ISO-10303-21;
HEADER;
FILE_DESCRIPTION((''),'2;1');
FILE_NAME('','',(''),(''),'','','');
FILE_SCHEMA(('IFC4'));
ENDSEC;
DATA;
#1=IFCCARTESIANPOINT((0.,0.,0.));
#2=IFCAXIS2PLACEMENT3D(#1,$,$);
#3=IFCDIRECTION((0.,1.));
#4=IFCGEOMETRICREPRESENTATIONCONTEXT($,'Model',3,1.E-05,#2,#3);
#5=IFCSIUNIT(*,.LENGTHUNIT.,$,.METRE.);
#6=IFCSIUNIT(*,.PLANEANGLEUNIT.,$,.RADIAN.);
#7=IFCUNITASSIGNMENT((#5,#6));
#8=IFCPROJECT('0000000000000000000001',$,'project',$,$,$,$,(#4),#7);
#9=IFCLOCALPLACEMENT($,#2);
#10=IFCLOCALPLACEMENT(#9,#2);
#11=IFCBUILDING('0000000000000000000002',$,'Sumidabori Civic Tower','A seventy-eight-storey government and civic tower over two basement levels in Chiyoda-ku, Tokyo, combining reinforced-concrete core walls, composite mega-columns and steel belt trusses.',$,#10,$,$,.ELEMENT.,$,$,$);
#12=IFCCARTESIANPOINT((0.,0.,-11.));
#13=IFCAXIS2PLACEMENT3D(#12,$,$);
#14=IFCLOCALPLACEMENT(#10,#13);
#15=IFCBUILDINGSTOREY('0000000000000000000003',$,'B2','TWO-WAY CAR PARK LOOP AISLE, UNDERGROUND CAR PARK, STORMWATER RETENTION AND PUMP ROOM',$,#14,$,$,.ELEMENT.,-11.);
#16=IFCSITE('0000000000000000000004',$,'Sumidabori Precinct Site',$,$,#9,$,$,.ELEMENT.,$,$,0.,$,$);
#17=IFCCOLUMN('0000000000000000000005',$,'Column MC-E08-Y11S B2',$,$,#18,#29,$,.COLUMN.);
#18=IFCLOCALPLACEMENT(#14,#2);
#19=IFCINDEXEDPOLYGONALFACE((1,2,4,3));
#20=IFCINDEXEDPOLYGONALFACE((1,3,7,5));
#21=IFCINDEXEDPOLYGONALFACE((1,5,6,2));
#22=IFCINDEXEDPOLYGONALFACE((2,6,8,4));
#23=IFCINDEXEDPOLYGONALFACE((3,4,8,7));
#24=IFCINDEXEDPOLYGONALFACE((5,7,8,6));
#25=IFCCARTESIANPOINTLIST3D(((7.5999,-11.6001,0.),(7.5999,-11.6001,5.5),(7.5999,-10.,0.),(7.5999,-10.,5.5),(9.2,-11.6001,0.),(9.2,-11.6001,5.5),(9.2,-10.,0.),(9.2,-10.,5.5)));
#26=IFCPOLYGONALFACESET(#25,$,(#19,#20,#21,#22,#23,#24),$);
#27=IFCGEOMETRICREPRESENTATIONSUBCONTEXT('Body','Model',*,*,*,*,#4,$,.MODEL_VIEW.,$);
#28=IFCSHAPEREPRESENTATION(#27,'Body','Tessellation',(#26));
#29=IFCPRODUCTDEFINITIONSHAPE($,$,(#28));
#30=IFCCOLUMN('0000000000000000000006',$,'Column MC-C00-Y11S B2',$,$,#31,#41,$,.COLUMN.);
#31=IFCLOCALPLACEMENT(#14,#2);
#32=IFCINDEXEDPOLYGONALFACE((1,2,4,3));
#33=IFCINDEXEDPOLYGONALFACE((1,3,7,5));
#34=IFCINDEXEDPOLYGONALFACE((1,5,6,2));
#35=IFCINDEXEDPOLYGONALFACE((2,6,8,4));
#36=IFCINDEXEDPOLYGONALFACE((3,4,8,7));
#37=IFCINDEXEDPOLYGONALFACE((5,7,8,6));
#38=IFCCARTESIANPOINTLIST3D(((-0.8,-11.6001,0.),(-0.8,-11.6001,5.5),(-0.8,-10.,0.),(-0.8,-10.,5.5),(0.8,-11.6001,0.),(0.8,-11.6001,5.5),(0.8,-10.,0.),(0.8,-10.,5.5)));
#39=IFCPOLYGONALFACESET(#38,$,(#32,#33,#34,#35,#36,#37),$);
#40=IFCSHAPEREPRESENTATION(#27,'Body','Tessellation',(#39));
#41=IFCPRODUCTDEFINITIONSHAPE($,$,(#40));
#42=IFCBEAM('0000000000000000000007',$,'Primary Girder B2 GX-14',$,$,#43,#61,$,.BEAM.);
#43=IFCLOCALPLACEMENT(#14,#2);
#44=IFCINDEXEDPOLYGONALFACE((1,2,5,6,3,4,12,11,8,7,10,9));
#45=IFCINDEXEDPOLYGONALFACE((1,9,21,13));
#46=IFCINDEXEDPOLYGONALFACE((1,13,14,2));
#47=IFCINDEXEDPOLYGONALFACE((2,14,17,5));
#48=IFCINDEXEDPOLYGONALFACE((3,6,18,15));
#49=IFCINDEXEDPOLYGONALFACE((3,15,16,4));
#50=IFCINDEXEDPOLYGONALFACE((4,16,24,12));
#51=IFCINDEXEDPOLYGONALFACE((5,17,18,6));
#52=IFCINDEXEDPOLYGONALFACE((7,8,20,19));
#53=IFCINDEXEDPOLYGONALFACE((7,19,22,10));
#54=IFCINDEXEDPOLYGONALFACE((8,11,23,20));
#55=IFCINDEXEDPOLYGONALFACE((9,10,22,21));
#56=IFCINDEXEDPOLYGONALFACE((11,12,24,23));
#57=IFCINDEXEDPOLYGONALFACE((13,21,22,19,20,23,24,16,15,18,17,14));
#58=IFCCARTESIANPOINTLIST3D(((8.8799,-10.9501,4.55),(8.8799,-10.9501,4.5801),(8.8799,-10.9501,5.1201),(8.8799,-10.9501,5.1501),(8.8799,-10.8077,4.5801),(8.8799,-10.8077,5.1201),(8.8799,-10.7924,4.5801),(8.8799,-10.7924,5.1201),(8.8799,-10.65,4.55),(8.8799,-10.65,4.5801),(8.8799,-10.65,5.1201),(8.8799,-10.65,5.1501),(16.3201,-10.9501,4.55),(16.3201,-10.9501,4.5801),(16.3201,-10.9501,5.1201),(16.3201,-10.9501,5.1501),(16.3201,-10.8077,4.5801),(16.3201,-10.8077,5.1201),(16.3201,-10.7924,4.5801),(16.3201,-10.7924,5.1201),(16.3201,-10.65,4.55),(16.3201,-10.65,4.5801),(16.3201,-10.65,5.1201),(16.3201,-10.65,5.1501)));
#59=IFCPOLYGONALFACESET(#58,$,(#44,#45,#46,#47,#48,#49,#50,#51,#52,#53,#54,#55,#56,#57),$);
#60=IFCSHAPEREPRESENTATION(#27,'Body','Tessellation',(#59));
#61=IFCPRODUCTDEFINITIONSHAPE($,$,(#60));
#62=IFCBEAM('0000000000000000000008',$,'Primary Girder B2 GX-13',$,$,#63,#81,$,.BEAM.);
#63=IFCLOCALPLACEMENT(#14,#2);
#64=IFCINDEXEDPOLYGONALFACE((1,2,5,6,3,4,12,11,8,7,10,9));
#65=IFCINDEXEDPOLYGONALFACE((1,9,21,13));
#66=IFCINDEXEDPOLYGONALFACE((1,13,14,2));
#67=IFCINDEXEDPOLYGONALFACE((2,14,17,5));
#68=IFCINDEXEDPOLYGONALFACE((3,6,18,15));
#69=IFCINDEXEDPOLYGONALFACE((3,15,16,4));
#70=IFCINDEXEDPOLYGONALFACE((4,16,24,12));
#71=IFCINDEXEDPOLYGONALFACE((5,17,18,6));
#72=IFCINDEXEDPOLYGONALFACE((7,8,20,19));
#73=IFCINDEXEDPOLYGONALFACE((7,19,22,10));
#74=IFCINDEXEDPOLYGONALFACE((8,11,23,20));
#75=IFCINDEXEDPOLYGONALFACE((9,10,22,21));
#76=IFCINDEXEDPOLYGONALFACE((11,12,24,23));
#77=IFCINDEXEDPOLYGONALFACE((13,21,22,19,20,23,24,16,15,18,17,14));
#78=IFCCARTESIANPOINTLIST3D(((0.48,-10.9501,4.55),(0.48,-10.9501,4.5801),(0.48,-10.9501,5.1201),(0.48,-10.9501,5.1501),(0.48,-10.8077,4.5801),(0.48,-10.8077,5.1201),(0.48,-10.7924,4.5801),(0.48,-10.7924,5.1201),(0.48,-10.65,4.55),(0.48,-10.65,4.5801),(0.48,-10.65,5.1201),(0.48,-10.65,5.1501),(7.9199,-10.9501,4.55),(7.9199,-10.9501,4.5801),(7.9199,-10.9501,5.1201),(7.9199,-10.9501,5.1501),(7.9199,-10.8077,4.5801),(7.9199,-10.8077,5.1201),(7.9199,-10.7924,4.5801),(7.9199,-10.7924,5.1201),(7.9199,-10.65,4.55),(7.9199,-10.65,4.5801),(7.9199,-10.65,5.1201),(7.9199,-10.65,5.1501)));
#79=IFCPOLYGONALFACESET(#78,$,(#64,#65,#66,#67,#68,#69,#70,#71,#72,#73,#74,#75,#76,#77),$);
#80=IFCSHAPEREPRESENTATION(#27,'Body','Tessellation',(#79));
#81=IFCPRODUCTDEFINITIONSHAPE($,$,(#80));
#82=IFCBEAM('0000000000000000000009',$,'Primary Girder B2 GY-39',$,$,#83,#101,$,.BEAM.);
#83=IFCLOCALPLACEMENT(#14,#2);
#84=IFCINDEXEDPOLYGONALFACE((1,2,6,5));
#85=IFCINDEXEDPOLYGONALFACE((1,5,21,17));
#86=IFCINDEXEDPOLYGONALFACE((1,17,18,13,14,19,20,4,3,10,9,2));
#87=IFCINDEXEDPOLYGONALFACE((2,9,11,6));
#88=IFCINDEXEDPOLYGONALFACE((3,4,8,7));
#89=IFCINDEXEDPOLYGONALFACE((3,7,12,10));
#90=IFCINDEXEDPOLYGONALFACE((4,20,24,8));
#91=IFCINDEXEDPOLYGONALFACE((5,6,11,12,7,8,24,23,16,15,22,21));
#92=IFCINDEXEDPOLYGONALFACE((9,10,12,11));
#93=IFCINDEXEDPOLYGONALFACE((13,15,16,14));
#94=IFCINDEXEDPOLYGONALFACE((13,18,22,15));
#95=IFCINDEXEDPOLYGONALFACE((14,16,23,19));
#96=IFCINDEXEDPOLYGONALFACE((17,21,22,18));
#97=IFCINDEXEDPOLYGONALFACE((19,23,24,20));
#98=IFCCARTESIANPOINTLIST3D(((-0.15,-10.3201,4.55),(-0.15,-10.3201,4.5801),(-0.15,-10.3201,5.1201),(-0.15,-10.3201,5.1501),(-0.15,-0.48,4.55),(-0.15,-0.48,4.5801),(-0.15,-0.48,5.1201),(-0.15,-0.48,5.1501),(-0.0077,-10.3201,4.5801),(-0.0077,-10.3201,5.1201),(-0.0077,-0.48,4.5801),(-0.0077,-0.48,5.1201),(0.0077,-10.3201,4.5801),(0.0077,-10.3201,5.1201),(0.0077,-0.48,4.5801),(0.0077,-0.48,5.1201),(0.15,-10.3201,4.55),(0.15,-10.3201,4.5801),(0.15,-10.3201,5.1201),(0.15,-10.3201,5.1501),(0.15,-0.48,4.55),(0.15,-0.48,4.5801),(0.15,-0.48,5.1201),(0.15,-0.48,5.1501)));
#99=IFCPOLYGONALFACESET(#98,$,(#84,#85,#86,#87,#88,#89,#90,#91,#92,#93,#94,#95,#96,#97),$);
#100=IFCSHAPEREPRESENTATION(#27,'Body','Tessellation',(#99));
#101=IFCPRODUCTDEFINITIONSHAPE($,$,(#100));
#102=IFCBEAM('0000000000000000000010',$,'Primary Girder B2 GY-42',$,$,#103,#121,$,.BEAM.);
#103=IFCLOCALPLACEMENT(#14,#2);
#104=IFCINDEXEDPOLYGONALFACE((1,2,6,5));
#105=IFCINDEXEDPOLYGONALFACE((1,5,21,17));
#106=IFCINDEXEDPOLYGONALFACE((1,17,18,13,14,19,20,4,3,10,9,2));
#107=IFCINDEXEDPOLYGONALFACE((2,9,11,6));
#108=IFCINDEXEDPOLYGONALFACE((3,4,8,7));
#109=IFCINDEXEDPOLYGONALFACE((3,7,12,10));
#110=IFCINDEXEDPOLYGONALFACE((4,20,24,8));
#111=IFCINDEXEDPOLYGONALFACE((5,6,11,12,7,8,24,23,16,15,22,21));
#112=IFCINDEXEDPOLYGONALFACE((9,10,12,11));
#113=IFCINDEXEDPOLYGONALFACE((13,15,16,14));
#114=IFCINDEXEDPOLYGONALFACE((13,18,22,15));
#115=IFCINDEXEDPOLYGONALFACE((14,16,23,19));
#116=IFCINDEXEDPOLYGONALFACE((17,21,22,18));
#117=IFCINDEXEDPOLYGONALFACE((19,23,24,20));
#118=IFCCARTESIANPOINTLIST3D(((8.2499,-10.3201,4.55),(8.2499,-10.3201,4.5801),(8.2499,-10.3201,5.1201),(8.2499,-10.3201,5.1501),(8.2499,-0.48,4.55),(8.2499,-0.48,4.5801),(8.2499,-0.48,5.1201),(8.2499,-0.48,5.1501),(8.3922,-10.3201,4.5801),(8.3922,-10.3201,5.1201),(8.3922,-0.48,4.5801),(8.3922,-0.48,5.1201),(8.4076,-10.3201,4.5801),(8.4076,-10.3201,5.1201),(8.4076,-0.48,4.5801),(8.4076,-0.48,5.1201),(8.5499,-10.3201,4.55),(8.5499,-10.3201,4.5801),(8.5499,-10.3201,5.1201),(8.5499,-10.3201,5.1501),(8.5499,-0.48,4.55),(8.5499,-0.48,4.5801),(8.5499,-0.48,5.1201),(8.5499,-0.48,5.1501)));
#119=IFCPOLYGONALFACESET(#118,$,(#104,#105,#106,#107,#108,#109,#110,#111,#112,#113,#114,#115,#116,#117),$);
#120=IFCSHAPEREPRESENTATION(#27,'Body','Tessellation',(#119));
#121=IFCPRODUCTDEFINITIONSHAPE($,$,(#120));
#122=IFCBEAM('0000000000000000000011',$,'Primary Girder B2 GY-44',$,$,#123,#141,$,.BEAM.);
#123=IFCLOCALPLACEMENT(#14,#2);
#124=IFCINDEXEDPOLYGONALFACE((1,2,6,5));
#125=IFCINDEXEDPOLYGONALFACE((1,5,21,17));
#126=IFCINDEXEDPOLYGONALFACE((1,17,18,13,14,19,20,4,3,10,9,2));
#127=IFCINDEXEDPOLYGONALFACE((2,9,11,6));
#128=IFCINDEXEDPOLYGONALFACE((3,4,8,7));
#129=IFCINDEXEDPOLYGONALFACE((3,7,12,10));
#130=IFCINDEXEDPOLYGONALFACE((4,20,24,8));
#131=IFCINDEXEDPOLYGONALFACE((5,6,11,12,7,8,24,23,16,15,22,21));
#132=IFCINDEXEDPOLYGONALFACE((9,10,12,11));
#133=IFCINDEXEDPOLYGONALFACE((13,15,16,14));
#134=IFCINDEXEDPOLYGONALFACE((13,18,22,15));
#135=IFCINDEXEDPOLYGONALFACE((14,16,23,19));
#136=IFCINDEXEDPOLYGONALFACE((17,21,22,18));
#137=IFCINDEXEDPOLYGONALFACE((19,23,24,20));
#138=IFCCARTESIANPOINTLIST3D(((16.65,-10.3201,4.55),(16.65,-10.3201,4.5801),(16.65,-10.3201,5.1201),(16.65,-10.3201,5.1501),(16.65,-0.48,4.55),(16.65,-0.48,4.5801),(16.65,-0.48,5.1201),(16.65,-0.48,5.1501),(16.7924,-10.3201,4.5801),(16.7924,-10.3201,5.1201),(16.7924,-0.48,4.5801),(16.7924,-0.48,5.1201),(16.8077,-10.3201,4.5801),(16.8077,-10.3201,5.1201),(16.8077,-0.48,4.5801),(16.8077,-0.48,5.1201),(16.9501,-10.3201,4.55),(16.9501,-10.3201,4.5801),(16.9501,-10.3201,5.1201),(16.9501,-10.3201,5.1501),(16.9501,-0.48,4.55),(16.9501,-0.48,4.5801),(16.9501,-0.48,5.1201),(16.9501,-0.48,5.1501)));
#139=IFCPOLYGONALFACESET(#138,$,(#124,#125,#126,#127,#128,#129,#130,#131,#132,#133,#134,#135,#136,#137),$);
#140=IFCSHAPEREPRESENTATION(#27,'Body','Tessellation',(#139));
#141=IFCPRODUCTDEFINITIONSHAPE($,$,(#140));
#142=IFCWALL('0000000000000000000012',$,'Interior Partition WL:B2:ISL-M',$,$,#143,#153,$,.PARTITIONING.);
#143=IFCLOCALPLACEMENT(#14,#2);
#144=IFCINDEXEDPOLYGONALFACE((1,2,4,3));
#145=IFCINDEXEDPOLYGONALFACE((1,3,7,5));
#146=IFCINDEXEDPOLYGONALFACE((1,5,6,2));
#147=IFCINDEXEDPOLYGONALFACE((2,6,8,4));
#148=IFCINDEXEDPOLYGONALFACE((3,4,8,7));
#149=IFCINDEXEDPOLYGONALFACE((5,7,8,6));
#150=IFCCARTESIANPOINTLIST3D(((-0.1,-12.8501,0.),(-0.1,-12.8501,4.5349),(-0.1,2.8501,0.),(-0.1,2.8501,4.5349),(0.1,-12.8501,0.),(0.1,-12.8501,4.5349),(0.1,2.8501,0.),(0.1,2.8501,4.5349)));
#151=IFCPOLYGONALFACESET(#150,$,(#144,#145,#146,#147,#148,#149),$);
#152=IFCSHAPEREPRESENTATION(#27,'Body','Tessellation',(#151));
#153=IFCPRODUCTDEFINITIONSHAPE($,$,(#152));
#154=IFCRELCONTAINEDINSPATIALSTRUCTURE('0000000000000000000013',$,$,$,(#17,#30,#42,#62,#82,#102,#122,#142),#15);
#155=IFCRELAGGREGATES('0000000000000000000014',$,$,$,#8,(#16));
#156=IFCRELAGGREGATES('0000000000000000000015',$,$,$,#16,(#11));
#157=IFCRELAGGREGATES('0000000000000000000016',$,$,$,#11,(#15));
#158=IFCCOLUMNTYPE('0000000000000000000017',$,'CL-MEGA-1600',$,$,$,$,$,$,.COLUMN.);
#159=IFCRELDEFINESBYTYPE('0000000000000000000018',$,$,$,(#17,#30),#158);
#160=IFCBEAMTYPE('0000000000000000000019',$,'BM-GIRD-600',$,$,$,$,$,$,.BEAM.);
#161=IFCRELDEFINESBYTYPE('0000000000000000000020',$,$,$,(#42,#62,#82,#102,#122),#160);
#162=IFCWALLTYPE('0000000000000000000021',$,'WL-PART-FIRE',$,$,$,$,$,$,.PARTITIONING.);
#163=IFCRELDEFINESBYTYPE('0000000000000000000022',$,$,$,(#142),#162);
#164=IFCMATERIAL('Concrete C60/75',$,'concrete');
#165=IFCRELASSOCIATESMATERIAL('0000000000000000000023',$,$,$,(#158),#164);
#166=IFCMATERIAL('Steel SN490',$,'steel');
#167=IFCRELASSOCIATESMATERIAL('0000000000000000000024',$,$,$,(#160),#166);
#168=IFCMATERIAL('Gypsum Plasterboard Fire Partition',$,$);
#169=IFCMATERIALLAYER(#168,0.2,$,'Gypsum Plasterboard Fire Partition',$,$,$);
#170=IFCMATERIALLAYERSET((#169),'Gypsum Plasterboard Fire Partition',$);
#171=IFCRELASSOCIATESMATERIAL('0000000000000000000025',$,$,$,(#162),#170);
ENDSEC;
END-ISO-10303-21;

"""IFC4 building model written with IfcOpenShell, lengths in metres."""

from ifc_helpers import new_model, si_unit, direction, frame, frame_2d, origin, origin_2d, place, context, subcontext, project, spatial, rectangle, i_section, extrude, source, transform, mapped, material, layer, layer_set, material_profile, profile_set, type_object, element, save


model = new_model("IFC4")

# Units and contexts
model_context = context("Model", 3, precision=1e-05, world=origin(), true_north=direction((0.0, 1.0)))
body_context = subcontext(model_context, "Body", "Model", "MODEL_VIEW")
ifc_project = project(units=[si_unit("LENGTHUNIT", "METRE"), si_unit("PLANEANGLEUNIT", "RADIAN")], contexts=[model_context])

# Site, building, storey
site_placement = place(None, origin())
site = spatial("IfcSite", under=ifc_project, at=site_placement, Name="Sumidabori Precinct Site", CompositionType="ELEMENT", RefElevation=0.0)
building_placement = place(site_placement, origin())
building = spatial("IfcBuilding", under=site, at=building_placement, Name="Sumidabori Civic Tower", Description="A seventy-eight-storey government and civic tower over two basement levels in Chiyoda-ku, Tokyo, combining reinforced-concrete core walls, composite mega-columns and steel belt trusses.", CompositionType="ELEMENT")
storey_placement = place(building_placement, frame((0.0, 0.0, -11.0)))
storey = spatial("IfcBuildingStorey", under=building, at=storey_placement, Name="B2", Description="TWO-WAY CAR PARK LOOP AISLE, UNDERGROUND CAR PARK, STORMWATER RETENTION AND PUMP ROOM", CompositionType="ELEMENT", Elevation=-11.0)

# Columns
ifc_material_1 = material(Name="Concrete C60/75", Category="concrete")
ifc_material_profile_1 = material_profile(ifc_material_1, rectangle(XDim=1.6001, YDim=1.6001, at=origin_2d()), Name="RC 1600x1600")
ifc_profile_set_1 = profile_set([ifc_material_profile_1], Name="Concrete C60/75")
column_type_1 = type_object("IfcColumnType", Name="CL-MEGA-1600", PredefinedType="COLUMN", material=ifc_profile_set_1)
shared_shape_1 = source(origin(), body_context, "Body", "SweptSolid", [
    extrude(rectangle(XDim=1.6001, YDim=1.6001, at=origin_2d()), origin(), (0.0, 0.0, 1.0), 5.5),
])
for number, where, z_axis, x_axis, name in (
    (1, (8.3999, -10.8, 0.0), (0.0, 0.0, 1.0), (1.0, 0.0, 0.0), "Column MC-E08-Y11S B2"),
    (2, (0.0, -10.8, 0.0), (0.0, 0.0, 1.0), (1.0, 0.0, 0.0), "Column MC-C00-Y11S B2"),
):
    element("IfcColumn", number, at=place(storey_placement, frame(where, z_axis=z_axis, x_axis=x_axis)), inside=storey, type_object=column_type_1, Name=name, PredefinedType="COLUMN", context=body_context, shape_type="MappedRepresentation", body=[
        mapped(shared_shape_1, transform((0.0, 0.0, 0.0), x_axis=(1.0, 0.0, 0.0), y_axis=(0.0, 1.0, 0.0), z_axis=(0.0, 0.0, 1.0), scale=1.0)),
    ])

# Beams
ifc_material_2 = material(Name="Steel SN490", Category="steel")
ifc_material_profile_2 = material_profile(ifc_material_2, i_section(OverallWidth=0.3, OverallDepth=0.6001, WebThickness=0.0154, FlangeThickness=0.03, at=origin_2d()), Name="HE 600 B")
ifc_profile_set_2 = profile_set([ifc_material_profile_2], Name="Steel SN490")
beam_type = type_object("IfcBeamType", Name="BM-GIRD-600", PredefinedType="BEAM", material=ifc_profile_set_2)
shared_shape_2 = source(origin(), body_context, "Body", "SweptSolid", [
    extrude(i_section(OverallWidth=0.3, OverallDepth=0.6001, WebThickness=0.0154, FlangeThickness=0.03, at=origin_2d()), origin(), (0.0, 0.0, 1.0), 7.4402),
])
beam_1_placement = place(storey_placement, frame((8.8799, -10.8, 4.8501), z_axis=(1.0, 0.0, 0.0), x_axis=(0.0, 1.0, 0.0)))
element("IfcBeam", 3, at=beam_1_placement, inside=storey, type_object=beam_type, Name="Primary Girder B2 GX-14", PredefinedType="BEAM", context=body_context, shape_type="MappedRepresentation", body=[
    mapped(shared_shape_2, transform((0.0, 0.0, 0.0), x_axis=(1.0, 0.0, 0.0), y_axis=(0.0, 1.0, 0.0), z_axis=(0.0, 0.0, 1.0), scale=1.0)),
])
shared_shape_3 = source(origin(), body_context, "Body", "SweptSolid", [
    extrude(i_section(OverallWidth=0.3, OverallDepth=0.6001, WebThickness=0.0154, FlangeThickness=0.03, at=origin_2d()), origin(), (0.0, 0.0, 1.0), 7.4399),
])
beam_2_placement = place(storey_placement, frame((0.48, -10.8, 4.8501), z_axis=(1.0, 0.0, 0.0), x_axis=(0.0, 1.0, 0.0)))
element("IfcBeam", 4, at=beam_2_placement, inside=storey, type_object=beam_type, Name="Primary Girder B2 GX-13", PredefinedType="BEAM", context=body_context, shape_type="MappedRepresentation", body=[
    mapped(shared_shape_3, transform((0.0, 0.0, 0.0), x_axis=(1.0, 0.0, 0.0), y_axis=(0.0, 1.0, 0.0), z_axis=(0.0, 0.0, 1.0), scale=1.0)),
])
shared_shape_4 = source(origin(), body_context, "Body", "SweptSolid", [
    extrude(i_section(OverallWidth=0.3, OverallDepth=0.6001, WebThickness=0.0154, FlangeThickness=0.03, at=origin_2d()), origin(), (0.0, 0.0, 1.0), 9.8401),
])
for number, where, z_axis, x_axis, name in (
    (5, (0.0, -10.3201, 4.8501), (0.0, 1.0, 0.0), (-1.0, 0.0, 0.0), "Primary Girder B2 GY-39"),
    (6, (8.3999, -10.3201, 4.8501), (0.0, 1.0, 0.0), (-1.0, 0.0, 0.0), "Primary Girder B2 GY-42"),
    (7, (16.8, -10.3201, 4.8501), (0.0, 1.0, 0.0), (-1.0, 0.0, 0.0), "Primary Girder B2 GY-44"),
):
    element("IfcBeam", number, at=place(storey_placement, frame(where, z_axis=z_axis, x_axis=x_axis)), inside=storey, type_object=beam_type, Name=name, PredefinedType="BEAM", context=body_context, shape_type="MappedRepresentation", body=[
        mapped(shared_shape_4, transform((0.0, 0.0, 0.0), x_axis=(1.0, 0.0, 0.0), y_axis=(0.0, 1.0, 0.0), z_axis=(0.0, 0.0, 1.0), scale=1.0)),
    ])

# Wall
ifc_material_3 = material(Name="Gypsum Plasterboard Fire Partition")
ifc_layer_1 = layer(ifc_material_3, 0.2, Name="Gypsum Plasterboard Fire Partition")
ifc_layer_set_1 = layer_set([ifc_layer_1], Name="Gypsum Plasterboard Fire Partition")
wall_type = type_object("IfcWallType", Name="WL-PART-FIRE", PredefinedType="PARTITIONING", material=ifc_layer_set_1)
shared_shape_5 = source(origin(), body_context, "Body", "SweptSolid", [
    extrude(rectangle(XDim=15.7002, YDim=0.2, at=frame_2d((7.8501, 0.0))), origin(), (0.0, 0.0, 1.0), 4.5349),
])
wall_placement = place(storey_placement, frame((0.0, -12.8501, 0.0), z_axis=(0.0, 0.0, 1.0), x_axis=(0.0, 1.0, 0.0)))
element("IfcWall", 8, at=wall_placement, inside=storey, type_object=wall_type, Name="Interior Partition WL:B2:ISL-M", PredefinedType="PARTITIONING", context=body_context, shape_type="MappedRepresentation", body=[
    mapped(shared_shape_5, transform((0.0, 0.0, 0.0), x_axis=(1.0, 0.0, 0.0), y_axis=(0.0, 1.0, 0.0), z_axis=(0.0, 0.0, 1.0), scale=1.0)),
])

save(model, "model.ifc")
